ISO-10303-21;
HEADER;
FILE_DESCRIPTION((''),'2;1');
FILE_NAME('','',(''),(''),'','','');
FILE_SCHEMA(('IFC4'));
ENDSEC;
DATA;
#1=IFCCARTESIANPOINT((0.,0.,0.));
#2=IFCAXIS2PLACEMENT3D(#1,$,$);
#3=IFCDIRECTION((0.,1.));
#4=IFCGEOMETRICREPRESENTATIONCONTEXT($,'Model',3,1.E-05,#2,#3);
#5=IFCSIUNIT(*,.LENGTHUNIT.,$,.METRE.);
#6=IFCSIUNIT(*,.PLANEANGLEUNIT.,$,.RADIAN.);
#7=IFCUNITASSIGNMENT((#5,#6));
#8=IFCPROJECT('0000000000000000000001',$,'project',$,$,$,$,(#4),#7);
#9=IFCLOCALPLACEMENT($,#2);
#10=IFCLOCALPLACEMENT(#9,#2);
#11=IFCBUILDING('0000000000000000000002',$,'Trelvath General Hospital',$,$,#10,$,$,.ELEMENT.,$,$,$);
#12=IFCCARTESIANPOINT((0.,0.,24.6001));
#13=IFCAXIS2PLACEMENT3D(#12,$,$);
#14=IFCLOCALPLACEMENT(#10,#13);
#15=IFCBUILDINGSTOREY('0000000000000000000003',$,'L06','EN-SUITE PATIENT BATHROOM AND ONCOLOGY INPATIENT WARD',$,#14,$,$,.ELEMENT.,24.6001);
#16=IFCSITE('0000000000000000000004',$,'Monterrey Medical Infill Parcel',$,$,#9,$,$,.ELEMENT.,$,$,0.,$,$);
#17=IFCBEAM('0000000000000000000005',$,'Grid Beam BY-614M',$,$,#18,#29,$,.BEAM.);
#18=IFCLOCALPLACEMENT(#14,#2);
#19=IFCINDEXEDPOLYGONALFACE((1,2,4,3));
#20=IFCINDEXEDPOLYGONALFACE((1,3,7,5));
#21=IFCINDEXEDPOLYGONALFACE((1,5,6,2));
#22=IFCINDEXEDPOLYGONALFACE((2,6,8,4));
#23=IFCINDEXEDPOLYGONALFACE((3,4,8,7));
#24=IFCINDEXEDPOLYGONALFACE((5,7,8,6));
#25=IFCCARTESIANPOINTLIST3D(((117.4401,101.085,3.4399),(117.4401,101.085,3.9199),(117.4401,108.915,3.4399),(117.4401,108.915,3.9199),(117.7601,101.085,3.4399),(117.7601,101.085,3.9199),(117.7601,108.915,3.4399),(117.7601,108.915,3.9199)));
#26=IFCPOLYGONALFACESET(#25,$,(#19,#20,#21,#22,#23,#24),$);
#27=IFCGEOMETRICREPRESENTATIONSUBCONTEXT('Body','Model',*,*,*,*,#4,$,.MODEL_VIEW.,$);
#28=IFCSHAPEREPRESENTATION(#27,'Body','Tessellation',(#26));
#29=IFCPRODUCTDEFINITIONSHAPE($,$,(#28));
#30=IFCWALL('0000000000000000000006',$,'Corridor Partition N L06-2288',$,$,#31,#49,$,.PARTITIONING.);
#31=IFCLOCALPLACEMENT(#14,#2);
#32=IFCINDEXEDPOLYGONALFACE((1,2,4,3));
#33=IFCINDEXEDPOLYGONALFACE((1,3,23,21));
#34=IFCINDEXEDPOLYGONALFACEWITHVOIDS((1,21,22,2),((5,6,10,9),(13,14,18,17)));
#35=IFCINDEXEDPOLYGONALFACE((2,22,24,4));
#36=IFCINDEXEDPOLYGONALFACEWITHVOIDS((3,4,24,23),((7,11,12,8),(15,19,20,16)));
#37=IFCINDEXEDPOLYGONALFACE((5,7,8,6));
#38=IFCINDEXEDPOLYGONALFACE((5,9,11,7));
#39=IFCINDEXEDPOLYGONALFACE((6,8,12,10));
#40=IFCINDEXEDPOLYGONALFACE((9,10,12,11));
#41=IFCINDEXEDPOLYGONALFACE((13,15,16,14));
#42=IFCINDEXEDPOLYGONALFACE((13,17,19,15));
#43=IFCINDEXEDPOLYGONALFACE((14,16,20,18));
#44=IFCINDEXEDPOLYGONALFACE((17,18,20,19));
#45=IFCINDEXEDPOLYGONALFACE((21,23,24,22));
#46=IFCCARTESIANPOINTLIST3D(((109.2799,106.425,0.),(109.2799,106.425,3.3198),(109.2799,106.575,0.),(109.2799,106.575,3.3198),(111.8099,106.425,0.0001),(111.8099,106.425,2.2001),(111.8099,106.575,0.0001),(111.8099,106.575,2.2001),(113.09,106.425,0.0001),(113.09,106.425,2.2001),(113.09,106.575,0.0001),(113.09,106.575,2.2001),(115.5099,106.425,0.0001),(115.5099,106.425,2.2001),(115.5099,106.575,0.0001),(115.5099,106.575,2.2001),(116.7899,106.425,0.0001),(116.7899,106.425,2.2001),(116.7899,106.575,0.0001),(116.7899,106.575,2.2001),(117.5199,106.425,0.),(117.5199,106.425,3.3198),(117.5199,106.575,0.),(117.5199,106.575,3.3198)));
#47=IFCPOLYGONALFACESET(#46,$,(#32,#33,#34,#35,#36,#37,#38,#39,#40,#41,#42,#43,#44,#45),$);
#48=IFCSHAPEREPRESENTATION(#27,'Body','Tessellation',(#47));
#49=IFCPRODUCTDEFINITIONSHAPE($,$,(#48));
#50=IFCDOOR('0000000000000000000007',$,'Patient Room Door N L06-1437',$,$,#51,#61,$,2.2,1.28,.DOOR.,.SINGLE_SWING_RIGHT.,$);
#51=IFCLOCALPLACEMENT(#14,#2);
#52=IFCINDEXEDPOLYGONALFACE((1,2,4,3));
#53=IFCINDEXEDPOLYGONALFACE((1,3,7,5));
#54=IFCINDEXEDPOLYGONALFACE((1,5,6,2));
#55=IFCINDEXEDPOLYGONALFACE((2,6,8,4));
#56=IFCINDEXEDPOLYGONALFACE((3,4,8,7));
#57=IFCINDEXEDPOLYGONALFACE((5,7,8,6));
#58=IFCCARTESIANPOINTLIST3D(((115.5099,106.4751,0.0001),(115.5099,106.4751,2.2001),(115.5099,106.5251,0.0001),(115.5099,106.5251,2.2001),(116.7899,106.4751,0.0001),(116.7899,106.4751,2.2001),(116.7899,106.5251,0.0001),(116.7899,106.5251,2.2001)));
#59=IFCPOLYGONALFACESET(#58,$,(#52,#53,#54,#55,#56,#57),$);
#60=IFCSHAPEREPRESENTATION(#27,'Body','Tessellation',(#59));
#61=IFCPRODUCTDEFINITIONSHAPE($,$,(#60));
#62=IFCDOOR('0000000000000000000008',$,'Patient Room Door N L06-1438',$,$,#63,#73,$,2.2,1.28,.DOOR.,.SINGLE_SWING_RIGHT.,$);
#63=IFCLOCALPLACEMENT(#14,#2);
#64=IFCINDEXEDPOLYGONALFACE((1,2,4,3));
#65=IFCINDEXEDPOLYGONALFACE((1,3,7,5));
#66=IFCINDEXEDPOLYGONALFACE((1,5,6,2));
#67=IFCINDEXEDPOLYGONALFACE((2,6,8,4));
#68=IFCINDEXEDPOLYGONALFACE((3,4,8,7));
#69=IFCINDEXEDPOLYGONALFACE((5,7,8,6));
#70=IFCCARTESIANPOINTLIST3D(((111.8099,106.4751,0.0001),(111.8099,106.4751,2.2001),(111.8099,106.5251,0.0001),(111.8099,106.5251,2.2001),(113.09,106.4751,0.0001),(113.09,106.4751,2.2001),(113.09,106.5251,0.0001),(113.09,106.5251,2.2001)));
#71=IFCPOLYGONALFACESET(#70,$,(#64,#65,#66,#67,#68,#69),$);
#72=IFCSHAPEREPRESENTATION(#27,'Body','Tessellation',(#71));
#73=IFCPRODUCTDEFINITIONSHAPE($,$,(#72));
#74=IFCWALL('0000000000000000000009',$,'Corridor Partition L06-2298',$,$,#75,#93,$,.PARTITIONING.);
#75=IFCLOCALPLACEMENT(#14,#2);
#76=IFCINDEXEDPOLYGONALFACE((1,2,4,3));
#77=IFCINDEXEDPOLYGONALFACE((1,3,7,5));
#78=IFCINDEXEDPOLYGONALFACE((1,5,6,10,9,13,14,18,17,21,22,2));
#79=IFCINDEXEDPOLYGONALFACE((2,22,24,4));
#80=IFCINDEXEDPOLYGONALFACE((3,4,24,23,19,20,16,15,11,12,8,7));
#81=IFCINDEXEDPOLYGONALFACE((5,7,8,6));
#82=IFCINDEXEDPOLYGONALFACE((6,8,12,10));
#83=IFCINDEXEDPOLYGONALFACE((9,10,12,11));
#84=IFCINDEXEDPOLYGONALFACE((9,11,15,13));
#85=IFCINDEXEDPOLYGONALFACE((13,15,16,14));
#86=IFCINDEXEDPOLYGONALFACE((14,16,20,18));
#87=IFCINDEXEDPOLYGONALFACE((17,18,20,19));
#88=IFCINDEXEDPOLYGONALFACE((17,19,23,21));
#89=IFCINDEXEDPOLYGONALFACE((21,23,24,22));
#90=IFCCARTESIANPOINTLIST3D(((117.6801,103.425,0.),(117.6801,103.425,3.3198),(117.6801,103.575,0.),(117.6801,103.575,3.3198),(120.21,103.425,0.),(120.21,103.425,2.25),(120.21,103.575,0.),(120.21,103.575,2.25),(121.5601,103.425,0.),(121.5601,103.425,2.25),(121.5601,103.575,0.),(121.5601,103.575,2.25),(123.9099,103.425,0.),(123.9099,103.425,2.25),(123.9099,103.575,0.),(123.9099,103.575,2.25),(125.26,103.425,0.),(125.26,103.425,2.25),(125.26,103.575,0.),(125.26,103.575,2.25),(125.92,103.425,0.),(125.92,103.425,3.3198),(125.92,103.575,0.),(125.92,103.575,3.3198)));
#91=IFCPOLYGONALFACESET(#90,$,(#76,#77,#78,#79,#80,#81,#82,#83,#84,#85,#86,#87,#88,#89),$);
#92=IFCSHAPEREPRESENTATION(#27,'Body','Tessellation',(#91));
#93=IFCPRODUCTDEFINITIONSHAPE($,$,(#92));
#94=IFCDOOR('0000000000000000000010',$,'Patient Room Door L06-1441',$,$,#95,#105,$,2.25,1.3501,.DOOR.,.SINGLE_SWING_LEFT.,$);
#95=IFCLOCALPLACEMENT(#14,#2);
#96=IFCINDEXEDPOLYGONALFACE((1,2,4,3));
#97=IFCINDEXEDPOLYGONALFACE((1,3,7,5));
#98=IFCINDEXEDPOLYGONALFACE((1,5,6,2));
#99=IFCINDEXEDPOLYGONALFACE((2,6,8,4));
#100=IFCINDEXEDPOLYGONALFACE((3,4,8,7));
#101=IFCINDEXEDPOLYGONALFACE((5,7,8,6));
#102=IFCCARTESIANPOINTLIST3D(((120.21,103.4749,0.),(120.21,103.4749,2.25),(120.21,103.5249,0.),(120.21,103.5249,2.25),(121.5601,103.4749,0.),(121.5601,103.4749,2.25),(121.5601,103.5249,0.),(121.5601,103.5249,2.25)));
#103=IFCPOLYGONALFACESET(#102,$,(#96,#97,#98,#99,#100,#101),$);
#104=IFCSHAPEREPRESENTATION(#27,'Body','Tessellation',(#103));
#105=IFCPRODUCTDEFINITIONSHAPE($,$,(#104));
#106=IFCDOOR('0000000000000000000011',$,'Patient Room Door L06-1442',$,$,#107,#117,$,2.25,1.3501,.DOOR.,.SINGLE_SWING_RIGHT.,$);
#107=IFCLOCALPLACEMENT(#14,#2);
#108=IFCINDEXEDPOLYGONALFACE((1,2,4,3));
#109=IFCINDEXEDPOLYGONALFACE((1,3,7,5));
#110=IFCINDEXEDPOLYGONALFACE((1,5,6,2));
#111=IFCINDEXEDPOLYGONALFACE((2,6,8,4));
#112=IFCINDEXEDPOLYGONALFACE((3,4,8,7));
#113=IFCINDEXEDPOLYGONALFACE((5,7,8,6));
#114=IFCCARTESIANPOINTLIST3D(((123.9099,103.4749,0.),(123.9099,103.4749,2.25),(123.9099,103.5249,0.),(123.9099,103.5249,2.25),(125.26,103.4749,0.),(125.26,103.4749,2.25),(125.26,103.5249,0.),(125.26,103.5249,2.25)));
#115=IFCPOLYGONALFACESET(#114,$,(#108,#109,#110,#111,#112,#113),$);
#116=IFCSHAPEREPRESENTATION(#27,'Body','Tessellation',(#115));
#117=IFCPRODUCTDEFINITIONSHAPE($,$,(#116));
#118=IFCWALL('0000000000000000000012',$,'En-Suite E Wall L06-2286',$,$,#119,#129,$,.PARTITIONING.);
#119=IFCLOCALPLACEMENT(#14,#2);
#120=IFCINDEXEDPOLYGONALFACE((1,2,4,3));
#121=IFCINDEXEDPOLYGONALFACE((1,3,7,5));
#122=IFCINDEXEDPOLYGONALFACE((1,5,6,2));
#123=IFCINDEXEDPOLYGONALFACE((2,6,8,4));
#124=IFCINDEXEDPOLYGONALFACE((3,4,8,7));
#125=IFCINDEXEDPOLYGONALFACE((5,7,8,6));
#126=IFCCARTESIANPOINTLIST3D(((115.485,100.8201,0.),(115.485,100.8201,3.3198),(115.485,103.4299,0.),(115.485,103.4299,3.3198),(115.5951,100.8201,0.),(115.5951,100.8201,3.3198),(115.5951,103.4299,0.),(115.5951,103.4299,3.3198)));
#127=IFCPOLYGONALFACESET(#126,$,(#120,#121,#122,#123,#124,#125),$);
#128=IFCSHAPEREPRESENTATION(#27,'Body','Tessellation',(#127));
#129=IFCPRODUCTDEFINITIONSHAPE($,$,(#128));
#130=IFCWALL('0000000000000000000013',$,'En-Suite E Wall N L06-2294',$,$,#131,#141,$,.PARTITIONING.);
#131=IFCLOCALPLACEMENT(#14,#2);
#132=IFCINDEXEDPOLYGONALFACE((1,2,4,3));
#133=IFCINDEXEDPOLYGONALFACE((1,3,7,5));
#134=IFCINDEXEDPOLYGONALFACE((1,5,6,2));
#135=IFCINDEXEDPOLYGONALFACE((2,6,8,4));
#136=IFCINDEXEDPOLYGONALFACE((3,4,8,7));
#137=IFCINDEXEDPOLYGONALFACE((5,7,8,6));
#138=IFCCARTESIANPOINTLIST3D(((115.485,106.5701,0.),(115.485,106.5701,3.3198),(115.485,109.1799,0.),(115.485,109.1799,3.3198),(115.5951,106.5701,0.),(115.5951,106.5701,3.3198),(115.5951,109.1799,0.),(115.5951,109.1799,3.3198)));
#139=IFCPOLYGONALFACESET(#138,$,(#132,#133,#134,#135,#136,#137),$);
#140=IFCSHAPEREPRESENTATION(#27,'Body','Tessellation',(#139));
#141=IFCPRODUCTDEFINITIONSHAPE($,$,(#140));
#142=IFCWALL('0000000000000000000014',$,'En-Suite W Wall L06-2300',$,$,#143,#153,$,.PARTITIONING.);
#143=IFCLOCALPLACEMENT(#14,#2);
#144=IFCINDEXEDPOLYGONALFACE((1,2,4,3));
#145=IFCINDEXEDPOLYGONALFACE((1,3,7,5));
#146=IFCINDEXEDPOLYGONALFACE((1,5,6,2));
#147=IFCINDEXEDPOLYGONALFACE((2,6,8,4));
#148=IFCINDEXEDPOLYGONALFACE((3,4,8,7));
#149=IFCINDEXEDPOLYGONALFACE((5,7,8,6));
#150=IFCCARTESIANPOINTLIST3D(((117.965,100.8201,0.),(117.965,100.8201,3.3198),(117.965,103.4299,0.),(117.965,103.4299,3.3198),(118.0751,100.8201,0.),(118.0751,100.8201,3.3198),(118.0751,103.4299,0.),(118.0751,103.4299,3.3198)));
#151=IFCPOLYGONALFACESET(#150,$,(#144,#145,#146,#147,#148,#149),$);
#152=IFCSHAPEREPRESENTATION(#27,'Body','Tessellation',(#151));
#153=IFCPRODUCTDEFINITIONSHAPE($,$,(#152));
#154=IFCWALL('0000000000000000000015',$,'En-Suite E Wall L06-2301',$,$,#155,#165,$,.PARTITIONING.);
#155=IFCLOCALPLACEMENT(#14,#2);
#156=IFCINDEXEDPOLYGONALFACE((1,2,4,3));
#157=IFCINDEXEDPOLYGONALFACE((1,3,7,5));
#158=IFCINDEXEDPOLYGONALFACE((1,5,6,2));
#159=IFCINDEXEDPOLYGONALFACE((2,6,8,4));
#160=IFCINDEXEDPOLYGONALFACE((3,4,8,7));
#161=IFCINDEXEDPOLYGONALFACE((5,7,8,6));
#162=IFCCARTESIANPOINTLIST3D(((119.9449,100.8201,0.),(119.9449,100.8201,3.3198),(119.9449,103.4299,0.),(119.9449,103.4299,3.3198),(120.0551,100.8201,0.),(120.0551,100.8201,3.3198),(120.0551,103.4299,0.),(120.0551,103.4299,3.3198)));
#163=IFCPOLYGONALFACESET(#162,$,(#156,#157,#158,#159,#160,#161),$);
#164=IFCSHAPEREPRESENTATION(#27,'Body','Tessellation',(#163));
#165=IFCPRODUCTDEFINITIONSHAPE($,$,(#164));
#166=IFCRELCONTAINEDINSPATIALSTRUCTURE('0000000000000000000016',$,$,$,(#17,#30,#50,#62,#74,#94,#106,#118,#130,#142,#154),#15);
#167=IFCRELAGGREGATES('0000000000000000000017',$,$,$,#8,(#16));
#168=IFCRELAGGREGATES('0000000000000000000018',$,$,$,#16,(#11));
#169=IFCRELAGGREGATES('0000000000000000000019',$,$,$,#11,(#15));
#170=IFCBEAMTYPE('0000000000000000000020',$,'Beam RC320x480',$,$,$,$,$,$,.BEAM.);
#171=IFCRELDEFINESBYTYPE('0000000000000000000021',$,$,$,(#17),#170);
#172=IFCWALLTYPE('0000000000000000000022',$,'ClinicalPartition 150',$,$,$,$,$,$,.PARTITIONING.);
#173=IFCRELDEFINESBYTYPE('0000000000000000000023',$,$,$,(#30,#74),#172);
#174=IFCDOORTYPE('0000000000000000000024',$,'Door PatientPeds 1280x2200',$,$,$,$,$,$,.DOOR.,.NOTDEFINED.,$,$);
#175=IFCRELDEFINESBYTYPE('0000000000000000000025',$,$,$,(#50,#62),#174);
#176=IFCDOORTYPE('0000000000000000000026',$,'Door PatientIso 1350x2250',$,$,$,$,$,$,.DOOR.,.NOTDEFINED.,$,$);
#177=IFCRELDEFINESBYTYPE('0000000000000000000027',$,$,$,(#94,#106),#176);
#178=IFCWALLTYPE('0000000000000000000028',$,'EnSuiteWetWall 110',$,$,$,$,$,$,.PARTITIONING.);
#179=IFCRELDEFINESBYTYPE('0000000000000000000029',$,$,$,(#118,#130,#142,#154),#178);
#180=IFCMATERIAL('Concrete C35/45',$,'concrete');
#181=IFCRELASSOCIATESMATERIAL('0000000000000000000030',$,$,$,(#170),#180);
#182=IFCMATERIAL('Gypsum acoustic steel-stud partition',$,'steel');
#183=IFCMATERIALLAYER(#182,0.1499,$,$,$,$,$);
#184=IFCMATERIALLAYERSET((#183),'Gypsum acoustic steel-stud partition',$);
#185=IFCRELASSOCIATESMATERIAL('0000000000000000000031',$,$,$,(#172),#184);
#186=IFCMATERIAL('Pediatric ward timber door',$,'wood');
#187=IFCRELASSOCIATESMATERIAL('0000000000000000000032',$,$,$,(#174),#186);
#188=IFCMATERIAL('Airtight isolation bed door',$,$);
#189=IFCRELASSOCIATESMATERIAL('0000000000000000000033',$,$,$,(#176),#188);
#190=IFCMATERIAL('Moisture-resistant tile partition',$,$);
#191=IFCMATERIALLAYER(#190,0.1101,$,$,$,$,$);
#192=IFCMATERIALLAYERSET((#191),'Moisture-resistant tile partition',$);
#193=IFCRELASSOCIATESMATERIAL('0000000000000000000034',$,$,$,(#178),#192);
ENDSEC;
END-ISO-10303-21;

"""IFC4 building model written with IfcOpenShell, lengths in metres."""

from ifc_helpers import new_model, si_unit, direction, frame, frame_2d, origin, origin_2d, place, context, subcontext, project, spatial, rectangle, extrude, material, layer, layer_set, material_profile, profile_set, type_object, element, fill, save


model = new_model("IFC4")

# Units and contexts
model_context = context("Model", 3, precision=1e-05, world=origin(), true_north=direction((0.0, 1.0)))
body_context = subcontext(model_context, "Body", "Model", "MODEL_VIEW")
ifc_project = project(units=[si_unit("LENGTHUNIT", "METRE"), si_unit("PLANEANGLEUNIT", "RADIAN")], contexts=[model_context])

# Site, building, storey
site_placement = place(None, origin())
site = spatial("IfcSite", under=ifc_project, at=site_placement, Name="Monterrey Medical Infill Parcel", CompositionType="ELEMENT", RefElevation=0.0)
building_placement = place(site_placement, origin())
building = spatial("IfcBuilding", under=site, at=building_placement, Name="Trelvath General Hospital", CompositionType="ELEMENT")
storey_placement = place(building_placement, frame((0.0, 0.0, 24.6001)))
storey = spatial("IfcBuildingStorey", under=building, at=storey_placement, Name="L06", Description="EN-SUITE PATIENT BATHROOM AND ONCOLOGY INPATIENT WARD", CompositionType="ELEMENT", Elevation=24.6001)

# Beam
ifc_material_1 = material(Name="Concrete C35/45", Category="concrete")
ifc_material_profile = material_profile(ifc_material_1, rectangle(XDim=0.3201, YDim=0.48, at=origin_2d()), Name="RCB320x480")
ifc_profile_set = profile_set([ifc_material_profile], Name="Concrete C35/45")
beam_type = type_object("IfcBeamType", Name="Beam RC320x480", PredefinedType="BEAM", material=ifc_profile_set)
beam_placement = place(storey_placement, frame((117.6001, 101.085, 3.6799), z_axis=(0.0, 1.0, 0.0), x_axis=(-1.0, 0.0, 0.0)))
element("IfcBeam", 1, at=beam_placement, inside=storey, type_object=beam_type, Name="Grid Beam BY-614M", PredefinedType="BEAM", context=body_context, shape_type="SweptSolid", body=[
    extrude(rectangle(XDim=0.3201, YDim=0.48, at=origin_2d()), origin(), (0.0, 0.0, 1.0), 7.8301),
])

# Walls, openings, doors
ifc_material_2 = material(Name="Gypsum acoustic steel-stud partition", Category="steel")
ifc_layer_1 = layer(ifc_material_2, 0.1499)
ifc_layer_set_1 = layer_set([ifc_layer_1], Name="Gypsum acoustic steel-stud partition")
wall_type_1 = type_object("IfcWallType", Name="ClinicalPartition 150", PredefinedType="PARTITIONING", material=ifc_layer_set_1)
wall_1_placement = place(storey_placement, frame((117.52, 106.5, 0.0), z_axis=(0.0, 0.0, 1.0), x_axis=(-1.0, 0.0, 0.0)))
wall_1 = element("IfcWall", 2, at=wall_1_placement, inside=storey, type_object=wall_type_1, Name="Corridor Partition N L06-2288", PredefinedType="PARTITIONING", context=body_context, shape_type="SweptSolid", body=[
    extrude(rectangle(XDim=8.24, YDim=0.1499, at=frame_2d((4.1201, 0.0))), origin(), (0.0, 0.0, 1.0), 3.3198),
])
opening_1_placement = place(wall_1_placement, frame((0.73, 0.0, 0.0)))
opening_1 = element("IfcOpeningElement", 3, at=opening_1_placement, cuts=wall_1, PredefinedType="OPENING", context=body_context, shape_type="SweptSolid", body=[
    extrude(rectangle(XDim=1.28, YDim=2.2, at=frame_2d((0.6401, 1.1001))), frame((0.0, 0.085, 0.0), z_axis=(0.0, -1.0, 0.0), x_axis=(1.0, 0.0, 0.0)), (0.0, 0.0, 1.0), 0.1699),
])
opening_2_placement = place(wall_1_placement, frame((4.4299, 0.0, 0.0)))
opening_2 = element("IfcOpeningElement", 4, at=opening_2_placement, cuts=wall_1, PredefinedType="OPENING", context=body_context, shape_type="SweptSolid", body=[
    extrude(rectangle(XDim=1.28, YDim=2.2, at=frame_2d((0.6401, 1.1001))), frame((0.0, 0.085, 0.0), z_axis=(0.0, -1.0, 0.0), x_axis=(1.0, 0.0, 0.0)), (0.0, 0.0, 1.0), 0.1699),
])
ifc_material_3 = material(Name="Pediatric ward timber door", Category="wood")
door_type_1 = type_object("IfcDoorType", Name="Door PatientPeds 1280x2200", OperationType="NOTDEFINED", PredefinedType="DOOR", material=ifc_material_3)
door_1_placement = place(opening_1_placement, origin())
door_1 = element("IfcDoor", 5, at=door_1_placement, inside=storey, type_object=door_type_1, Name="Patient Room Door N L06-1437", OperationType="SINGLE_SWING_RIGHT", OverallHeight=2.2, OverallWidth=1.28, PredefinedType="DOOR", context=body_context, shape_type="SweptSolid", body=[
    extrude(rectangle(XDim=1.28, YDim=2.2, at=frame_2d((0.6401, 1.1001))), frame((0.0, 0.0249, 0.0), z_axis=(0.0, -1.0, 0.0), x_axis=(1.0, 0.0, 0.0)), (0.0, 0.0, 1.0), 0.05),
])
fill(opening_1, door_1)
door_2_placement = place(opening_2_placement, origin())
door_2 = element("IfcDoor", 6, at=door_2_placement, inside=storey, type_object=door_type_1, Name="Patient Room Door N L06-1438", OperationType="SINGLE_SWING_RIGHT", OverallHeight=2.2, OverallWidth=1.28, PredefinedType="DOOR", context=body_context, shape_type="SweptSolid", body=[
    extrude(rectangle(XDim=1.28, YDim=2.2, at=frame_2d((0.6401, 1.1001))), frame((0.0, 0.0249, 0.0), z_axis=(0.0, -1.0, 0.0), x_axis=(1.0, 0.0, 0.0)), (0.0, 0.0, 1.0), 0.05),
])
fill(opening_2, door_2)
wall_2_placement = place(storey_placement, frame((117.6799, 103.5, 0.0), z_axis=(0.0, 0.0, 1.0), x_axis=(1.0, 0.0, 0.0)))
wall_2 = element("IfcWall", 7, at=wall_2_placement, inside=storey, type_object=wall_type_1, Name="Corridor Partition L06-2298", PredefinedType="PARTITIONING", context=body_context, shape_type="SweptSolid", body=[
    extrude(rectangle(XDim=8.24, YDim=0.1499, at=frame_2d((4.1201, 0.0))), origin(), (0.0, 0.0, 1.0), 3.3198),
])
opening_3_placement = place(wall_2_placement, frame((2.53, 0.0, 0.0)))
opening_3 = element("IfcOpeningElement", 8, at=opening_3_placement, cuts=wall_2, PredefinedType="OPENING", context=body_context, shape_type="SweptSolid", body=[
    extrude(rectangle(XDim=1.3501, YDim=2.25, at=frame_2d((0.675, 1.125))), frame((0.0, 0.085, 0.0), z_axis=(0.0, -1.0, 0.0), x_axis=(1.0, 0.0, 0.0)), (0.0, 0.0, 1.0), 0.1699),
])
opening_4_placement = place(wall_2_placement, frame((6.23, 0.0, 0.0)))
opening_4 = element("IfcOpeningElement", 9, at=opening_4_placement, cuts=wall_2, PredefinedType="OPENING", context=body_context, shape_type="SweptSolid", body=[
    extrude(rectangle(XDim=1.3501, YDim=2.25, at=frame_2d((0.675, 1.125))), frame((0.0, 0.085, 0.0), z_axis=(0.0, -1.0, 0.0), x_axis=(1.0, 0.0, 0.0)), (0.0, 0.0, 1.0), 0.1699),
])
ifc_material_4 = material(Name="Airtight isolation bed door")
door_type_2 = type_object("IfcDoorType", Name="Door PatientIso 1350x2250", OperationType="NOTDEFINED", PredefinedType="DOOR", material=ifc_material_4)
door_3_placement = place(opening_3_placement, origin())
door_3 = element("IfcDoor", 10, at=door_3_placement, inside=storey, type_object=door_type_2, Name="Patient Room Door L06-1441", OperationType="SINGLE_SWING_LEFT", OverallHeight=2.25, OverallWidth=1.3501, PredefinedType="DOOR", context=body_context, shape_type="SweptSolid", body=[
    extrude(rectangle(XDim=1.3501, YDim=2.25, at=frame_2d((0.675, 1.125))), frame((0.0, 0.0249, 0.0), z_axis=(0.0, -1.0, 0.0), x_axis=(1.0, 0.0, 0.0)), (0.0, 0.0, 1.0), 0.05),
])
fill(opening_3, door_3)
door_4_placement = place(opening_4_placement, origin())
door_4 = element("IfcDoor", 11, at=door_4_placement, inside=storey, type_object=door_type_2, Name="Patient Room Door L06-1442", OperationType="SINGLE_SWING_RIGHT", OverallHeight=2.25, OverallWidth=1.3501, PredefinedType="DOOR", context=body_context, shape_type="SweptSolid", body=[
    extrude(rectangle(XDim=1.3501, YDim=2.25, at=frame_2d((0.675, 1.125))), frame((0.0, 0.0249, 0.0), z_axis=(0.0, -1.0, 0.0), x_axis=(1.0, 0.0, 0.0)), (0.0, 0.0, 1.0), 0.05),
])
fill(opening_4, door_4)

# Walls
ifc_material_5 = material(Name="Moisture-resistant tile partition")
ifc_layer_2 = layer(ifc_material_5, 0.1101)
ifc_layer_set_2 = layer_set([ifc_layer_2], Name="Moisture-resistant tile partition")
wall_type_2 = type_object("IfcWallType", Name="EnSuiteWetWall 110", PredefinedType="PARTITIONING", material=ifc_layer_set_2)
for number, where, z_axis, x_axis, name in (
    (12, (115.54, 100.8201, 0.0), (0.0, 0.0, 1.0), (0.0, 1.0, 0.0), "En-Suite E Wall L06-2286"),
    (13, (115.54, 106.5701, 0.0), (0.0, 0.0, 1.0), (0.0, 1.0, 0.0), "En-Suite E Wall N L06-2294"),
    (14, (118.02, 100.8201, 0.0), (0.0, 0.0, 1.0), (0.0, 1.0, 0.0), "En-Suite W Wall L06-2300"),
    (15, (120.0, 100.8201, 0.0), (0.0, 0.0, 1.0), (0.0, 1.0, 0.0), "En-Suite E Wall L06-2301"),
):
    element("IfcWall", number, at=place(storey_placement, frame(where, z_axis=z_axis, x_axis=x_axis)), inside=storey, type_object=wall_type_2, Name=name, PredefinedType="PARTITIONING", context=body_context, shape_type="SweptSolid", body=[
        extrude(rectangle(XDim=2.6099, YDim=0.1101, at=frame_2d((1.3049, 0.0))), origin(), (0.0, 0.0, 1.0), 3.3198),
    ])

save(model, "model.ifc")
